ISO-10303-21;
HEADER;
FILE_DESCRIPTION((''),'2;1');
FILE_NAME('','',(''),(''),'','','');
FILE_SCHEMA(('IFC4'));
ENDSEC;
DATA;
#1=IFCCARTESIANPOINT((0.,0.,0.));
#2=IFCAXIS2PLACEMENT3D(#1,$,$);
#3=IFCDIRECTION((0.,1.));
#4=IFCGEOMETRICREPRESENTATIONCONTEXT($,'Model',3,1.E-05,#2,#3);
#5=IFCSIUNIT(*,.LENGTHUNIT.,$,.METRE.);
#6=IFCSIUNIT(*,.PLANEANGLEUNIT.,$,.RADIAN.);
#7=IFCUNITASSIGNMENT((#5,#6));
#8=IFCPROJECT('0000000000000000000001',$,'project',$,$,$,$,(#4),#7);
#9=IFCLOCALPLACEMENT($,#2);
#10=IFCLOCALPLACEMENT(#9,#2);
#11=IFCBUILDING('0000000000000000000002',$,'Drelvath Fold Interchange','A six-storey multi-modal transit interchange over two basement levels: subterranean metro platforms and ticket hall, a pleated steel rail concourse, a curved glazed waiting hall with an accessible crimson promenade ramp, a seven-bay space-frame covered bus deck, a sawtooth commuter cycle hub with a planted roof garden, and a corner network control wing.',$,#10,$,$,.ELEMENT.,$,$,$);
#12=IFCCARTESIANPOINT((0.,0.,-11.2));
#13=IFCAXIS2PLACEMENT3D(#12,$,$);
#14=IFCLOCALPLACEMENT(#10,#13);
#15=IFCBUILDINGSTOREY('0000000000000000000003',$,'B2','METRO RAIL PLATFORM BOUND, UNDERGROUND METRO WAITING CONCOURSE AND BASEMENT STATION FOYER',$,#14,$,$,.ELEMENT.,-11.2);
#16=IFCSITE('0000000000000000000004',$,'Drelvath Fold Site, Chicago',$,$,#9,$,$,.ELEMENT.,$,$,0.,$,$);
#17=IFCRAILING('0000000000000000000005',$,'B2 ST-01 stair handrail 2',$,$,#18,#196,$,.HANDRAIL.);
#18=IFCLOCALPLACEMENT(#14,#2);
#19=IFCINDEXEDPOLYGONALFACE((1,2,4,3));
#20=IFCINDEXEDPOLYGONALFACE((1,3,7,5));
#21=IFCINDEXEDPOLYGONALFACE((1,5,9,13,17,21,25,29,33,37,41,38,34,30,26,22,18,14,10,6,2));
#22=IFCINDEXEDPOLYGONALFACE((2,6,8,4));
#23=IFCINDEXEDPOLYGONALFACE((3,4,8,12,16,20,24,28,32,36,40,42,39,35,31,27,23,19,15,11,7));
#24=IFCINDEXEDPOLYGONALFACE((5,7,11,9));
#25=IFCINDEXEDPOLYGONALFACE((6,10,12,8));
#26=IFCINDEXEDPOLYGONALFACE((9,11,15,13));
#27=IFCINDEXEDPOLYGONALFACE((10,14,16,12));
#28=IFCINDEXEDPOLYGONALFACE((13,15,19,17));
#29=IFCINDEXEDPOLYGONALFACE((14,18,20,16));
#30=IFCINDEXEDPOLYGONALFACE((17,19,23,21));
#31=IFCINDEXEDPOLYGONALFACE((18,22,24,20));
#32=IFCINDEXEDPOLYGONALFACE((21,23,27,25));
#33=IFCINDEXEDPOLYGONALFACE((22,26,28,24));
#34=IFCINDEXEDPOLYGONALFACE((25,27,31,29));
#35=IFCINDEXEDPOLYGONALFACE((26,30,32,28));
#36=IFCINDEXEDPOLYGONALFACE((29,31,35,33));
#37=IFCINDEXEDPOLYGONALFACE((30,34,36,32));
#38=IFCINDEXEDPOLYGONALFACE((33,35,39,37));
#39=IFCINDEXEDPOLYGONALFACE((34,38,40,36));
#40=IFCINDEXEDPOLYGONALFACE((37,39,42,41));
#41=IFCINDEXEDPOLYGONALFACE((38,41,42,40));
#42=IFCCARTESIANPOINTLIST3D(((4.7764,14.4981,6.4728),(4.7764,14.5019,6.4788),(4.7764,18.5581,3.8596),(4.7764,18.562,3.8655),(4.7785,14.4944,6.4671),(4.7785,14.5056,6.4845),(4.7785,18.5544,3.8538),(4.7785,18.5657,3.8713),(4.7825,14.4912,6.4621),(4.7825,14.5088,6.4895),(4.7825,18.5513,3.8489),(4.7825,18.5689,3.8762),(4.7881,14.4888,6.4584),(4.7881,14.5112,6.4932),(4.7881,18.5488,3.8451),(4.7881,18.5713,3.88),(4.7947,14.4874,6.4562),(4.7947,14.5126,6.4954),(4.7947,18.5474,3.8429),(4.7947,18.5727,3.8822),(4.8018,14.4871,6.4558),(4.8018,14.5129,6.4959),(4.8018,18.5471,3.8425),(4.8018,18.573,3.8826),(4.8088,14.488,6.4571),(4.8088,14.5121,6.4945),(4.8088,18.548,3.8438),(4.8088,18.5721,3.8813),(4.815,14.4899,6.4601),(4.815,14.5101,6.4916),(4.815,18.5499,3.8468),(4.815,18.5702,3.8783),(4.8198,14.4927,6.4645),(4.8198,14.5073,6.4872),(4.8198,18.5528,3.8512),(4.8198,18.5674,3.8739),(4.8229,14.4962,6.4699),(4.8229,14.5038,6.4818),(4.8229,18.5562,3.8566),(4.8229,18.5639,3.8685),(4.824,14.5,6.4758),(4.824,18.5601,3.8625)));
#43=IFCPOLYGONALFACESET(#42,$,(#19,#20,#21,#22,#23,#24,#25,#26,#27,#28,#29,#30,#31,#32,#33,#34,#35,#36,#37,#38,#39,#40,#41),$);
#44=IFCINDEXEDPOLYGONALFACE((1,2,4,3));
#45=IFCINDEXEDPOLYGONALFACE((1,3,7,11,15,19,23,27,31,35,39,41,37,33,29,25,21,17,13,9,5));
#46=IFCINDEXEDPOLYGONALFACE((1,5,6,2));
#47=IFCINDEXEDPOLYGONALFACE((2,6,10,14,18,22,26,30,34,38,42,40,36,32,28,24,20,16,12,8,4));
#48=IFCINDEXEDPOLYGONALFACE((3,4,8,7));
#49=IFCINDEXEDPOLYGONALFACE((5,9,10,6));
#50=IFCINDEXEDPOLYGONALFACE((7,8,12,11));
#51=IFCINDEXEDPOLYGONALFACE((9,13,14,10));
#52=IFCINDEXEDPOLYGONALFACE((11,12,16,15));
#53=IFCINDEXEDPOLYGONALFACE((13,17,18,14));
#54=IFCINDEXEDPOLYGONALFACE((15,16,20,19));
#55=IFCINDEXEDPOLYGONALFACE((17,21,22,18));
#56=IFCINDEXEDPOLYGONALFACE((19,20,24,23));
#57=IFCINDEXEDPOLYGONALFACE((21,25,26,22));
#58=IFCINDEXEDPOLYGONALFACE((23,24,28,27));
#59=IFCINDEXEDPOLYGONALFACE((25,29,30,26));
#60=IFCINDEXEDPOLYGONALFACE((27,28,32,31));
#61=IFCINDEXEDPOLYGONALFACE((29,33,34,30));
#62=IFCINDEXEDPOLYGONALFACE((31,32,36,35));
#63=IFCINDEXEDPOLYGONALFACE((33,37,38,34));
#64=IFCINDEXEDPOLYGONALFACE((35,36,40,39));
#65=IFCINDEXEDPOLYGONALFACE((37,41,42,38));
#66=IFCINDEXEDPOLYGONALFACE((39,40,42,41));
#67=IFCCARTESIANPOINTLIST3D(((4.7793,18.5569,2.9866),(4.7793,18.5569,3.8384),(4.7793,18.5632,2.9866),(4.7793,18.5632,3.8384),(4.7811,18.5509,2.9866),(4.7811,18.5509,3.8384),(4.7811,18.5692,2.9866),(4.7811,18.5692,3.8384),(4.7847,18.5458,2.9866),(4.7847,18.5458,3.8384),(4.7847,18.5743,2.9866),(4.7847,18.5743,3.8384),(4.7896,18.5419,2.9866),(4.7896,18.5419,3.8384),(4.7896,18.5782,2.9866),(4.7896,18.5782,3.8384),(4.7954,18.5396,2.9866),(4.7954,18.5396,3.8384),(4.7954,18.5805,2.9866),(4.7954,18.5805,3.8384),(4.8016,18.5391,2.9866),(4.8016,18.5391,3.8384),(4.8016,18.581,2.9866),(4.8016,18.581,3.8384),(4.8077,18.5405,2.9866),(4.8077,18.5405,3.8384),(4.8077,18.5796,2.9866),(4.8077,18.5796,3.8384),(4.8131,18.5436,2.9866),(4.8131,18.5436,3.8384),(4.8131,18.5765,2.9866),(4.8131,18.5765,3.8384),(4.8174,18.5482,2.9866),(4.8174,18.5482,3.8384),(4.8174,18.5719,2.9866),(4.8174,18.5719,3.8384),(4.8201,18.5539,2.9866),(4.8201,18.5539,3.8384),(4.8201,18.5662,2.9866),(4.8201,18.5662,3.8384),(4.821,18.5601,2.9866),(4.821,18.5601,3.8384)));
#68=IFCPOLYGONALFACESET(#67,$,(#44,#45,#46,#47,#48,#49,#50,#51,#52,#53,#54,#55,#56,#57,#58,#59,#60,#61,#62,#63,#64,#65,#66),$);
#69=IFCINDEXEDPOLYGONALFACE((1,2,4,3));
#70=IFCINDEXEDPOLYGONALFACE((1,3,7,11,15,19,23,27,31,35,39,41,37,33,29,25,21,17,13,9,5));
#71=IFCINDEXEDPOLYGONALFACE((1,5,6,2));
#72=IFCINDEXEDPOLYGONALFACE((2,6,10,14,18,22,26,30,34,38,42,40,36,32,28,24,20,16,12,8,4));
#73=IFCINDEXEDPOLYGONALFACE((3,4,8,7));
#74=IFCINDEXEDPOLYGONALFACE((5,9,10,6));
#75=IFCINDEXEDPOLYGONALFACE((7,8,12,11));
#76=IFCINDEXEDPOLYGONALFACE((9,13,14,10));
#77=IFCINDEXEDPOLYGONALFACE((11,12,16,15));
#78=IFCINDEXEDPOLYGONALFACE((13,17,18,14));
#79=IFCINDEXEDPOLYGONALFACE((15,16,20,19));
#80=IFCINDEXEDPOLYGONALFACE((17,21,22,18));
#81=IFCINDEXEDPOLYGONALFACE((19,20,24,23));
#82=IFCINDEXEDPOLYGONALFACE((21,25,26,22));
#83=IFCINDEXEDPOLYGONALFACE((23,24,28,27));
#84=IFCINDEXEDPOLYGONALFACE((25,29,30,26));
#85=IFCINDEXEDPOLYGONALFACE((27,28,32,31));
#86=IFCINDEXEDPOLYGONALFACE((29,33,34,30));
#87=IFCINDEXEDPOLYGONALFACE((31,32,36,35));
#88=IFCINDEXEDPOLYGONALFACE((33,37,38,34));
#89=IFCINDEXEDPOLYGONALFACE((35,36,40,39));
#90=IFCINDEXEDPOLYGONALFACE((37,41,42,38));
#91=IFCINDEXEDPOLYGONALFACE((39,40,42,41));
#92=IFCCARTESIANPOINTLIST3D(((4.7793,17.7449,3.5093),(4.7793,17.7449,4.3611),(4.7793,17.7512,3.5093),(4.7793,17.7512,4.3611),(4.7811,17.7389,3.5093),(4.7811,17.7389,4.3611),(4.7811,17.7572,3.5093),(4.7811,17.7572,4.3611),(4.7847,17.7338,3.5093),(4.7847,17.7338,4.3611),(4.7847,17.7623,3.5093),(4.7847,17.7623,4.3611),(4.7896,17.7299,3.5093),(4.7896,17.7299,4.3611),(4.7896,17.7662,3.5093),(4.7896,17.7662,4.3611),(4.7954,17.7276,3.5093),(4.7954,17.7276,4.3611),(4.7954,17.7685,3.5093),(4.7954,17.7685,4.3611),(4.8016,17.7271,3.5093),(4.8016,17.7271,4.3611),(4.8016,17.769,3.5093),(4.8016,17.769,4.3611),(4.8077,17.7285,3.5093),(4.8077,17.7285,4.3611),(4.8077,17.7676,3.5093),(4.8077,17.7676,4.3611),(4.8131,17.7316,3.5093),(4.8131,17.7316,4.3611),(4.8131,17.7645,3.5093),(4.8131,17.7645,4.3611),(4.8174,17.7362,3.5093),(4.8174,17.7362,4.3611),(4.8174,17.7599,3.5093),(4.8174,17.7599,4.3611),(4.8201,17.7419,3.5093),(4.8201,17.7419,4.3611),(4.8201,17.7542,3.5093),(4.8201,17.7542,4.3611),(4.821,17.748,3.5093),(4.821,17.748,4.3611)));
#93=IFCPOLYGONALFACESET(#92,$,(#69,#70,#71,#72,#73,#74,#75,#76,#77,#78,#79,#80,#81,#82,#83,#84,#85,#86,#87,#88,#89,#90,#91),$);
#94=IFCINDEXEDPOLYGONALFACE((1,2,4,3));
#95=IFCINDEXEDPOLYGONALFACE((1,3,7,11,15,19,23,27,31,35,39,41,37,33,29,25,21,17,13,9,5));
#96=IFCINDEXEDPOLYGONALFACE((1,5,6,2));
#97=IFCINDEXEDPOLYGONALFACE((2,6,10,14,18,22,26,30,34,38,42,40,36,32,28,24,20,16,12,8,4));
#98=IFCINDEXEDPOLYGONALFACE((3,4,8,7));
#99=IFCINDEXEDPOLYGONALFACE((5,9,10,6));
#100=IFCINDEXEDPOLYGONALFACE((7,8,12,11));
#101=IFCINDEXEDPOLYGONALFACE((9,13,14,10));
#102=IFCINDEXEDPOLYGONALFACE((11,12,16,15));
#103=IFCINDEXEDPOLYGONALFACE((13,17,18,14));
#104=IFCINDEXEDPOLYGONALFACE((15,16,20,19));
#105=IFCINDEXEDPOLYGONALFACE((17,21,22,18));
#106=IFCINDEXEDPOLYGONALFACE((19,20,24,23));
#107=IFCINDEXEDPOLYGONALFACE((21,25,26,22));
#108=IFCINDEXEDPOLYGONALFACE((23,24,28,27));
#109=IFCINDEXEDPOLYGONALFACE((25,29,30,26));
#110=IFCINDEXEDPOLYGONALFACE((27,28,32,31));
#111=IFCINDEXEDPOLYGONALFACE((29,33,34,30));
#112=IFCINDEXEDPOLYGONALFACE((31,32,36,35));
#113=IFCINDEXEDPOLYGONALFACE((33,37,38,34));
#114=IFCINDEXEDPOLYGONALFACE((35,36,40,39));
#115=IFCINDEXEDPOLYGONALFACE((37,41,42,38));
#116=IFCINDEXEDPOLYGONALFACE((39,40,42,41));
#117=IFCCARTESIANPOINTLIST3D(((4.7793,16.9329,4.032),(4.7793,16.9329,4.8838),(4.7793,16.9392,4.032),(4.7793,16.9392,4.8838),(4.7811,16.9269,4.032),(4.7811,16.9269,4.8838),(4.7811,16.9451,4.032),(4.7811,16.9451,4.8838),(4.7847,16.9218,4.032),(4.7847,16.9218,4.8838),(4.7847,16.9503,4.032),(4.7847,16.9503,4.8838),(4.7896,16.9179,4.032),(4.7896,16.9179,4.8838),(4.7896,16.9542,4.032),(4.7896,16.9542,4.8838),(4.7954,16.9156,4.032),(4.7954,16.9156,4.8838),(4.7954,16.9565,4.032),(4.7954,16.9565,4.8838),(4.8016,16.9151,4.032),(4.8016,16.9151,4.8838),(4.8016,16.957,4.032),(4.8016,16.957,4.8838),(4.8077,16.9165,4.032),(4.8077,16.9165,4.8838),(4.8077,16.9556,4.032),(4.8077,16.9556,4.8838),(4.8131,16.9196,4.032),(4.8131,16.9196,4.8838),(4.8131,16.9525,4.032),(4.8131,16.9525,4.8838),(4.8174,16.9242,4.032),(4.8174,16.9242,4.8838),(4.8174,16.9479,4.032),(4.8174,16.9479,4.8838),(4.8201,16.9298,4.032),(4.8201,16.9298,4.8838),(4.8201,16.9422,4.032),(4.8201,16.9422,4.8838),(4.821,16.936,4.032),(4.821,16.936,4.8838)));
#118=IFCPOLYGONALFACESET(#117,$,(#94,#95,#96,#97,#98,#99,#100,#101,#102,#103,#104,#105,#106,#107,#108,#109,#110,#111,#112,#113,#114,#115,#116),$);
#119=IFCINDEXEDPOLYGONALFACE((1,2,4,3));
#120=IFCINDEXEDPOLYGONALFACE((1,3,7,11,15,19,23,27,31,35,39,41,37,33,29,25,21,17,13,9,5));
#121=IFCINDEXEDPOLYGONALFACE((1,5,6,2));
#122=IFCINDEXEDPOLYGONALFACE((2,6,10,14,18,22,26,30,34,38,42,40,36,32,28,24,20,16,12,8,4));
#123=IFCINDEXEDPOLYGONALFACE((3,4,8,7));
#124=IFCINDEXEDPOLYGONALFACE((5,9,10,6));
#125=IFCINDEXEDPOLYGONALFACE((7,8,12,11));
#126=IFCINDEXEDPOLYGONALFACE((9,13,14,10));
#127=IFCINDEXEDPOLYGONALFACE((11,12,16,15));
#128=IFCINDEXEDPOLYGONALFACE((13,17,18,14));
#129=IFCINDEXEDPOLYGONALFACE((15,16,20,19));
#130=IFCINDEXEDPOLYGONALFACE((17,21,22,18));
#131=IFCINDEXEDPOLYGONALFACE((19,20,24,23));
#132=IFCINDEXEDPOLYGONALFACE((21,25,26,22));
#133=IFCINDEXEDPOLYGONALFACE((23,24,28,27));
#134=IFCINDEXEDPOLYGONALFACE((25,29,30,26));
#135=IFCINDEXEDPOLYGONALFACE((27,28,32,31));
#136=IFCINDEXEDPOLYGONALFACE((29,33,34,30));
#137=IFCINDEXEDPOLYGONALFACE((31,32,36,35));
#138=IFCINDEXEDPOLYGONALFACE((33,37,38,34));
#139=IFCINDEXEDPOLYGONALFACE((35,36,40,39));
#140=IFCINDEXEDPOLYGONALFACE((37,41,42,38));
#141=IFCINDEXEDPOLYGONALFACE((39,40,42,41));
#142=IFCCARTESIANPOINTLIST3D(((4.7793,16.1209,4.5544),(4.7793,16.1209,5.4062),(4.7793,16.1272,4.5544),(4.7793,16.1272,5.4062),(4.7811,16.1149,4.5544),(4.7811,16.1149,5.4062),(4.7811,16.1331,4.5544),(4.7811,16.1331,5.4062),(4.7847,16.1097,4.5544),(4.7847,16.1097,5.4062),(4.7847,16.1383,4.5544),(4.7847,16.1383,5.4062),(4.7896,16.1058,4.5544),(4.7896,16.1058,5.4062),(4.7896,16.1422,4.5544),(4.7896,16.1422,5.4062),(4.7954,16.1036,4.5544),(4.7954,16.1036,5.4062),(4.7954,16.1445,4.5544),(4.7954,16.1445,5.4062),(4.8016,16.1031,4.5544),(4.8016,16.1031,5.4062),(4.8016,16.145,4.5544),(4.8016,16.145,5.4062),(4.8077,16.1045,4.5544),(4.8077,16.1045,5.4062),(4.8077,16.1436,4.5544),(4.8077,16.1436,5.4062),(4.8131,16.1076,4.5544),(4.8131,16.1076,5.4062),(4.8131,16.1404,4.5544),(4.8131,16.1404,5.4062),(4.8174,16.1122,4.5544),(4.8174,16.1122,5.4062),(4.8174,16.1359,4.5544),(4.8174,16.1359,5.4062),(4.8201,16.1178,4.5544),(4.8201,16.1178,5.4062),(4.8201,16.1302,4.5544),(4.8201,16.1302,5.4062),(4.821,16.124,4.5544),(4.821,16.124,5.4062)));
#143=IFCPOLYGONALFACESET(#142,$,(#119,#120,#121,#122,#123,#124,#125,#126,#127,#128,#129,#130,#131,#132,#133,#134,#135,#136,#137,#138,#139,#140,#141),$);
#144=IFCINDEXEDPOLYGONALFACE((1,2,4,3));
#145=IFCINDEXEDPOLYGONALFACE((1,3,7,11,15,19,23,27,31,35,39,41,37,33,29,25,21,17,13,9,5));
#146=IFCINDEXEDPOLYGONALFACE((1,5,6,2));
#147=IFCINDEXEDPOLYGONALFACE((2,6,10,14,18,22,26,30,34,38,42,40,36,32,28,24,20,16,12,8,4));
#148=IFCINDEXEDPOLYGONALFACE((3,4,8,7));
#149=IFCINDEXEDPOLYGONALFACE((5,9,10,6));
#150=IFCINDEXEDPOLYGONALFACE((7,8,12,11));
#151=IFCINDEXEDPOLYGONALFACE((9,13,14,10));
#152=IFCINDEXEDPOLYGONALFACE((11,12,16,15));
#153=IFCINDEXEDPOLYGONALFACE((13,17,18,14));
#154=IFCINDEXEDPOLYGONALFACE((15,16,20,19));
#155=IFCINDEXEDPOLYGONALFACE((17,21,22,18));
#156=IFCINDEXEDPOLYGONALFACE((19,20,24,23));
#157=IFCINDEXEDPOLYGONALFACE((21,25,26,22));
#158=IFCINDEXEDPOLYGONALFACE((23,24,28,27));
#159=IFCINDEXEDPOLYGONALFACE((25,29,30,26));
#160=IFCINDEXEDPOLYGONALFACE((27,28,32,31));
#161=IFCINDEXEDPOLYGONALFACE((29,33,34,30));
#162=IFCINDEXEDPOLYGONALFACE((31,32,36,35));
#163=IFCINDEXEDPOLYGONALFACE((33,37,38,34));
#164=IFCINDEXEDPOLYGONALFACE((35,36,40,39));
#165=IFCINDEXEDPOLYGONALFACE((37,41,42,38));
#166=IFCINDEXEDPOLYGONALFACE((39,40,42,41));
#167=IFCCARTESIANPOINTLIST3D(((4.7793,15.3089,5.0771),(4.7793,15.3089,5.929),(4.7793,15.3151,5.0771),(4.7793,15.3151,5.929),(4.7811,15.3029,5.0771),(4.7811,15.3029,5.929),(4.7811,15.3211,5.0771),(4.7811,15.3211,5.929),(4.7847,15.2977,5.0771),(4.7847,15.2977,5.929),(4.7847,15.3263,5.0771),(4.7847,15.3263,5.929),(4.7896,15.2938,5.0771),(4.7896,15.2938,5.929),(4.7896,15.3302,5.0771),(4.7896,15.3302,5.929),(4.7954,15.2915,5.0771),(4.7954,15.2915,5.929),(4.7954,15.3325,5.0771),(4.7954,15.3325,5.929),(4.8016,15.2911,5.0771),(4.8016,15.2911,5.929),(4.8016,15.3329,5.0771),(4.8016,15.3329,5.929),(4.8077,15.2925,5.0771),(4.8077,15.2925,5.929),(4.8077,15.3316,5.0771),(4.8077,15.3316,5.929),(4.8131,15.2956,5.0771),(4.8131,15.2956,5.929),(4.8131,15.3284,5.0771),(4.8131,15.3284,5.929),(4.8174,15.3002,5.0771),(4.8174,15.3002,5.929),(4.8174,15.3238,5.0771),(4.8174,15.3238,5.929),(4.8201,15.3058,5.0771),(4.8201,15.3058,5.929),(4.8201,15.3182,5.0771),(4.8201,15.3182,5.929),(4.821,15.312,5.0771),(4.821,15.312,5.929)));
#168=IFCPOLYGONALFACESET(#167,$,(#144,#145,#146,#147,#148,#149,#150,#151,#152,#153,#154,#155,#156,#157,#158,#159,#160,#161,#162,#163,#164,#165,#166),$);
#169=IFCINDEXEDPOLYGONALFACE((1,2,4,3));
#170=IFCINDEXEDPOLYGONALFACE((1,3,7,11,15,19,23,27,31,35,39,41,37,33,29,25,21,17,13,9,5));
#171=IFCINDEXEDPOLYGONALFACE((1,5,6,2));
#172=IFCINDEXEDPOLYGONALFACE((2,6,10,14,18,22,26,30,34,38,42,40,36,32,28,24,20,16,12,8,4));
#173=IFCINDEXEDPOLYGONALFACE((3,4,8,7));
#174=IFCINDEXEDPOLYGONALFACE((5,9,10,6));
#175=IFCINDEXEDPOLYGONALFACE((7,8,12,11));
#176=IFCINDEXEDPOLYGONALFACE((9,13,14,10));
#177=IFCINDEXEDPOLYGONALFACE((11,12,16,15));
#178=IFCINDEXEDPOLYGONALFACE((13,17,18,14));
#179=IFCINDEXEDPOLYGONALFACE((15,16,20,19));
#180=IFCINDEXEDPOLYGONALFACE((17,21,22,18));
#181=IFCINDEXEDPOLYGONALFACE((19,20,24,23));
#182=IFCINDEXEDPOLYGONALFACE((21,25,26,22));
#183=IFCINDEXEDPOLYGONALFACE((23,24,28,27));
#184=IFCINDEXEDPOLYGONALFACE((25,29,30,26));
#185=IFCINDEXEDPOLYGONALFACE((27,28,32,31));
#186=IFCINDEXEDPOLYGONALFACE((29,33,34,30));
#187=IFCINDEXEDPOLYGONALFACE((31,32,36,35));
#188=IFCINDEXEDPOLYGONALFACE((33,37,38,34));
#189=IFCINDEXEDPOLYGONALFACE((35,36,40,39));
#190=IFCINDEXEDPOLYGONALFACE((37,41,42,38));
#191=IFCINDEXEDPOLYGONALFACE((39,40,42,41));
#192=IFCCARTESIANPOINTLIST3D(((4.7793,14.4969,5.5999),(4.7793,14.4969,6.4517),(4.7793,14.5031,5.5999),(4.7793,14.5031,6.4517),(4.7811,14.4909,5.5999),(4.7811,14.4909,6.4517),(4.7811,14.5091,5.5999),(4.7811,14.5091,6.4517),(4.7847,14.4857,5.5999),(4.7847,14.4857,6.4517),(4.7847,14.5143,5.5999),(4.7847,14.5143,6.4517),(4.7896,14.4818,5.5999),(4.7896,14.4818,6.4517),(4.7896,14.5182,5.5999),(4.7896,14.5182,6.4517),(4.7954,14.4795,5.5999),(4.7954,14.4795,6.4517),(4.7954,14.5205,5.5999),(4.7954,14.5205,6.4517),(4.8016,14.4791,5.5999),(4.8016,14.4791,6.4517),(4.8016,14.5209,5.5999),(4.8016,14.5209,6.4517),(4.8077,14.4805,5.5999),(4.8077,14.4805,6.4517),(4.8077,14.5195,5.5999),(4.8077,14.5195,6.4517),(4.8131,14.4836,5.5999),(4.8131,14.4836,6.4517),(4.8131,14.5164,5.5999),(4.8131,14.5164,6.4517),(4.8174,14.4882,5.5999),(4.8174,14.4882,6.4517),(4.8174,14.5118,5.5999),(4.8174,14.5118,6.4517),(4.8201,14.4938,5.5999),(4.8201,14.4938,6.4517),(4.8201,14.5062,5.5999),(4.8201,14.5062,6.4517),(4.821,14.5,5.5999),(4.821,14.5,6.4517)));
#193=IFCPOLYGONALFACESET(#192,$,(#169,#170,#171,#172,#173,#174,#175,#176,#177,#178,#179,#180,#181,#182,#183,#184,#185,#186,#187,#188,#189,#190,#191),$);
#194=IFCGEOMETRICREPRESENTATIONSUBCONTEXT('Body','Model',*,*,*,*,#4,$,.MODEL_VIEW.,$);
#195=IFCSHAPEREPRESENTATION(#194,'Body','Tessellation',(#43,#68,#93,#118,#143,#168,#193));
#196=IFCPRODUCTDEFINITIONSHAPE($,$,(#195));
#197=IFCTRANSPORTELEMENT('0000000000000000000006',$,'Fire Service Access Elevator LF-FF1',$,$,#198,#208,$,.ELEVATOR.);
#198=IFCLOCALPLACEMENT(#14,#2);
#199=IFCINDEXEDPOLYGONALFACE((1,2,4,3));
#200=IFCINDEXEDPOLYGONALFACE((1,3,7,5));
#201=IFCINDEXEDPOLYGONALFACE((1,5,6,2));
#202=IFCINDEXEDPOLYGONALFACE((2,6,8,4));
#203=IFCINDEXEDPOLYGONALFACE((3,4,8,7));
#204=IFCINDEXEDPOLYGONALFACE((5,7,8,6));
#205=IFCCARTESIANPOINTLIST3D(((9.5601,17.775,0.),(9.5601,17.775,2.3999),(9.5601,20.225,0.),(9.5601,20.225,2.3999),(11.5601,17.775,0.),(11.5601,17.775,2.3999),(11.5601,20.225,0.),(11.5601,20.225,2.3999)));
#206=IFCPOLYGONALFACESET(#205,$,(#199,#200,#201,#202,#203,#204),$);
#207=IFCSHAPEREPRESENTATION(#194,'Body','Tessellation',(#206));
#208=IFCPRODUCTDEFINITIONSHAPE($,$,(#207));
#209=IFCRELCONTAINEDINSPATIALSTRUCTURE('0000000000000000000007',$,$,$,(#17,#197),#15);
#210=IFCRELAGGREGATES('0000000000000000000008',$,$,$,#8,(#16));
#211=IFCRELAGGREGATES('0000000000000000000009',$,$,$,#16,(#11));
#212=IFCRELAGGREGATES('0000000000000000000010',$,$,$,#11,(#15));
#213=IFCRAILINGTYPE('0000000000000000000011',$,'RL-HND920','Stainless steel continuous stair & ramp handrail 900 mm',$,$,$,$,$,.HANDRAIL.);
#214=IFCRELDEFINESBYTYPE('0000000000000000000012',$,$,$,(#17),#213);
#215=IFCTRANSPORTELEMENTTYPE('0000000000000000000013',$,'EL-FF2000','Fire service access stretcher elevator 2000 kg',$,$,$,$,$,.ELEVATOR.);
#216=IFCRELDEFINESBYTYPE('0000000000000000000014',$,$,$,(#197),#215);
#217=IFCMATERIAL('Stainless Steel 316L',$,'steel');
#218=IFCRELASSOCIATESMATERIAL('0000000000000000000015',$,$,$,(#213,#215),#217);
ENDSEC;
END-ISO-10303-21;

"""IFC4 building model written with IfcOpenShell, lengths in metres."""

from ifc_helpers import new_model, si_unit, direction, frame, origin, origin_2d, place, context, subcontext, project, spatial, rectangle, circle, extrude, material, type_object, element, save


model = new_model("IFC4")

# Units and contexts
model_context = context("Model", 3, precision=1e-05, world=origin(), true_north=direction((0.0, 1.0)))
body_context = subcontext(model_context, "Body", "Model", "MODEL_VIEW")
ifc_project = project(units=[si_unit("LENGTHUNIT", "METRE"), si_unit("PLANEANGLEUNIT", "RADIAN")], contexts=[model_context])

# Site, building, storey
site_placement = place(None, origin())
site = spatial("IfcSite", under=ifc_project, at=site_placement, Name="Drelvath Fold Site, Chicago", CompositionType="ELEMENT", RefElevation=0.0)
building_placement = place(site_placement, origin())
building = spatial("IfcBuilding", under=site, at=building_placement, Name="Drelvath Fold Interchange", Description="A six-storey multi-modal transit interchange over two basement levels: subterranean metro platforms and ticket hall, a pleated steel rail concourse, a curved glazed waiting hall with an accessible crimson promenade ramp, a seven-bay space-frame covered bus deck, a sawtooth commuter cycle hub with a planted roof garden, and a corner network control wing.", CompositionType="ELEMENT")
storey_placement = place(building_placement, frame((0.0, 0.0, -11.2)))
storey = spatial("IfcBuildingStorey", under=building, at=storey_placement, Name="B2", Description="METRO RAIL PLATFORM BOUND, UNDERGROUND METRO WAITING CONCOURSE AND BASEMENT STATION FOYER", CompositionType="ELEMENT", Elevation=-11.2)

# Railing
ifc_material_1 = material(Name="Stainless Steel 316L", Category="steel")
railing_type_1 = type_object("IfcRailingType", Name="RL-HND920", Description="Stainless steel continuous stair & ramp handrail 900 mm", PredefinedType="HANDRAIL", material=ifc_material_1)
railing_1_placement = place(storey_placement, frame((4.8, 18.5601, 2.9866)))
element("IfcRailing", 1, at=railing_1_placement, inside=storey, type_object=railing_type_1, Name="B2 ST-01 stair handrail 2", PredefinedType="HANDRAIL", context=body_context, shape_type="SweptSolid", body=[
    extrude(circle(Radius=0.0239, at=origin_2d()), frame((0.0, 0.0, 0.876), z_axis=(0.0, -0.840873, 0.541233), x_axis=(1.0, 0.0, 0.0)), (0.0, 0.0, 1.0), 4.8284),
    extrude(circle(Radius=0.021, at=origin_2d()), origin(), (0.0, 0.0, 1.0), 0.8518),
    extrude(circle(Radius=0.021, at=origin_2d()), frame((0.0, -0.812, 0.5227)), (0.0, 0.0, 1.0), 0.8518),
    extrude(circle(Radius=0.021, at=origin_2d()), frame((0.0, -1.624, 1.0454)), (0.0, 0.0, 1.0), 0.8518),
    extrude(circle(Radius=0.021, at=origin_2d()), frame((0.0, -2.436, 1.5679)), (0.0, 0.0, 1.0), 0.8518),
    extrude(circle(Radius=0.021, at=origin_2d()), frame((0.0, -3.248, 2.0906)), (0.0, 0.0, 1.0), 0.8518),
    extrude(circle(Radius=0.021, at=origin_2d()), frame((0.0, -4.0601, 2.6133)), (0.0, 0.0, 1.0), 0.8518),
])

# Transport element
transport_element_type = type_object("IfcTransportElementType", Name="EL-FF2000", Description="Fire service access stretcher elevator 2000 kg", PredefinedType="ELEVATOR", material=ifc_material_1)
transport_element_placement = place(storey_placement, frame((10.5601, 19.0, 0.0), z_axis=(0.0, 0.0, 1.0), x_axis=(1.0, 0.0, 0.0)))
element("IfcTransportElement", 2, at=transport_element_placement, inside=storey, type_object=transport_element_type, Name="Fire Service Access Elevator LF-FF1", PredefinedType="ELEVATOR", context=body_context, shape_type="SweptSolid", body=[
    extrude(rectangle(XDim=2.0, YDim=2.45, at=origin_2d()), origin(), (0.0, 0.0, 1.0), 2.3999),
])

save(model, "model.ifc")
